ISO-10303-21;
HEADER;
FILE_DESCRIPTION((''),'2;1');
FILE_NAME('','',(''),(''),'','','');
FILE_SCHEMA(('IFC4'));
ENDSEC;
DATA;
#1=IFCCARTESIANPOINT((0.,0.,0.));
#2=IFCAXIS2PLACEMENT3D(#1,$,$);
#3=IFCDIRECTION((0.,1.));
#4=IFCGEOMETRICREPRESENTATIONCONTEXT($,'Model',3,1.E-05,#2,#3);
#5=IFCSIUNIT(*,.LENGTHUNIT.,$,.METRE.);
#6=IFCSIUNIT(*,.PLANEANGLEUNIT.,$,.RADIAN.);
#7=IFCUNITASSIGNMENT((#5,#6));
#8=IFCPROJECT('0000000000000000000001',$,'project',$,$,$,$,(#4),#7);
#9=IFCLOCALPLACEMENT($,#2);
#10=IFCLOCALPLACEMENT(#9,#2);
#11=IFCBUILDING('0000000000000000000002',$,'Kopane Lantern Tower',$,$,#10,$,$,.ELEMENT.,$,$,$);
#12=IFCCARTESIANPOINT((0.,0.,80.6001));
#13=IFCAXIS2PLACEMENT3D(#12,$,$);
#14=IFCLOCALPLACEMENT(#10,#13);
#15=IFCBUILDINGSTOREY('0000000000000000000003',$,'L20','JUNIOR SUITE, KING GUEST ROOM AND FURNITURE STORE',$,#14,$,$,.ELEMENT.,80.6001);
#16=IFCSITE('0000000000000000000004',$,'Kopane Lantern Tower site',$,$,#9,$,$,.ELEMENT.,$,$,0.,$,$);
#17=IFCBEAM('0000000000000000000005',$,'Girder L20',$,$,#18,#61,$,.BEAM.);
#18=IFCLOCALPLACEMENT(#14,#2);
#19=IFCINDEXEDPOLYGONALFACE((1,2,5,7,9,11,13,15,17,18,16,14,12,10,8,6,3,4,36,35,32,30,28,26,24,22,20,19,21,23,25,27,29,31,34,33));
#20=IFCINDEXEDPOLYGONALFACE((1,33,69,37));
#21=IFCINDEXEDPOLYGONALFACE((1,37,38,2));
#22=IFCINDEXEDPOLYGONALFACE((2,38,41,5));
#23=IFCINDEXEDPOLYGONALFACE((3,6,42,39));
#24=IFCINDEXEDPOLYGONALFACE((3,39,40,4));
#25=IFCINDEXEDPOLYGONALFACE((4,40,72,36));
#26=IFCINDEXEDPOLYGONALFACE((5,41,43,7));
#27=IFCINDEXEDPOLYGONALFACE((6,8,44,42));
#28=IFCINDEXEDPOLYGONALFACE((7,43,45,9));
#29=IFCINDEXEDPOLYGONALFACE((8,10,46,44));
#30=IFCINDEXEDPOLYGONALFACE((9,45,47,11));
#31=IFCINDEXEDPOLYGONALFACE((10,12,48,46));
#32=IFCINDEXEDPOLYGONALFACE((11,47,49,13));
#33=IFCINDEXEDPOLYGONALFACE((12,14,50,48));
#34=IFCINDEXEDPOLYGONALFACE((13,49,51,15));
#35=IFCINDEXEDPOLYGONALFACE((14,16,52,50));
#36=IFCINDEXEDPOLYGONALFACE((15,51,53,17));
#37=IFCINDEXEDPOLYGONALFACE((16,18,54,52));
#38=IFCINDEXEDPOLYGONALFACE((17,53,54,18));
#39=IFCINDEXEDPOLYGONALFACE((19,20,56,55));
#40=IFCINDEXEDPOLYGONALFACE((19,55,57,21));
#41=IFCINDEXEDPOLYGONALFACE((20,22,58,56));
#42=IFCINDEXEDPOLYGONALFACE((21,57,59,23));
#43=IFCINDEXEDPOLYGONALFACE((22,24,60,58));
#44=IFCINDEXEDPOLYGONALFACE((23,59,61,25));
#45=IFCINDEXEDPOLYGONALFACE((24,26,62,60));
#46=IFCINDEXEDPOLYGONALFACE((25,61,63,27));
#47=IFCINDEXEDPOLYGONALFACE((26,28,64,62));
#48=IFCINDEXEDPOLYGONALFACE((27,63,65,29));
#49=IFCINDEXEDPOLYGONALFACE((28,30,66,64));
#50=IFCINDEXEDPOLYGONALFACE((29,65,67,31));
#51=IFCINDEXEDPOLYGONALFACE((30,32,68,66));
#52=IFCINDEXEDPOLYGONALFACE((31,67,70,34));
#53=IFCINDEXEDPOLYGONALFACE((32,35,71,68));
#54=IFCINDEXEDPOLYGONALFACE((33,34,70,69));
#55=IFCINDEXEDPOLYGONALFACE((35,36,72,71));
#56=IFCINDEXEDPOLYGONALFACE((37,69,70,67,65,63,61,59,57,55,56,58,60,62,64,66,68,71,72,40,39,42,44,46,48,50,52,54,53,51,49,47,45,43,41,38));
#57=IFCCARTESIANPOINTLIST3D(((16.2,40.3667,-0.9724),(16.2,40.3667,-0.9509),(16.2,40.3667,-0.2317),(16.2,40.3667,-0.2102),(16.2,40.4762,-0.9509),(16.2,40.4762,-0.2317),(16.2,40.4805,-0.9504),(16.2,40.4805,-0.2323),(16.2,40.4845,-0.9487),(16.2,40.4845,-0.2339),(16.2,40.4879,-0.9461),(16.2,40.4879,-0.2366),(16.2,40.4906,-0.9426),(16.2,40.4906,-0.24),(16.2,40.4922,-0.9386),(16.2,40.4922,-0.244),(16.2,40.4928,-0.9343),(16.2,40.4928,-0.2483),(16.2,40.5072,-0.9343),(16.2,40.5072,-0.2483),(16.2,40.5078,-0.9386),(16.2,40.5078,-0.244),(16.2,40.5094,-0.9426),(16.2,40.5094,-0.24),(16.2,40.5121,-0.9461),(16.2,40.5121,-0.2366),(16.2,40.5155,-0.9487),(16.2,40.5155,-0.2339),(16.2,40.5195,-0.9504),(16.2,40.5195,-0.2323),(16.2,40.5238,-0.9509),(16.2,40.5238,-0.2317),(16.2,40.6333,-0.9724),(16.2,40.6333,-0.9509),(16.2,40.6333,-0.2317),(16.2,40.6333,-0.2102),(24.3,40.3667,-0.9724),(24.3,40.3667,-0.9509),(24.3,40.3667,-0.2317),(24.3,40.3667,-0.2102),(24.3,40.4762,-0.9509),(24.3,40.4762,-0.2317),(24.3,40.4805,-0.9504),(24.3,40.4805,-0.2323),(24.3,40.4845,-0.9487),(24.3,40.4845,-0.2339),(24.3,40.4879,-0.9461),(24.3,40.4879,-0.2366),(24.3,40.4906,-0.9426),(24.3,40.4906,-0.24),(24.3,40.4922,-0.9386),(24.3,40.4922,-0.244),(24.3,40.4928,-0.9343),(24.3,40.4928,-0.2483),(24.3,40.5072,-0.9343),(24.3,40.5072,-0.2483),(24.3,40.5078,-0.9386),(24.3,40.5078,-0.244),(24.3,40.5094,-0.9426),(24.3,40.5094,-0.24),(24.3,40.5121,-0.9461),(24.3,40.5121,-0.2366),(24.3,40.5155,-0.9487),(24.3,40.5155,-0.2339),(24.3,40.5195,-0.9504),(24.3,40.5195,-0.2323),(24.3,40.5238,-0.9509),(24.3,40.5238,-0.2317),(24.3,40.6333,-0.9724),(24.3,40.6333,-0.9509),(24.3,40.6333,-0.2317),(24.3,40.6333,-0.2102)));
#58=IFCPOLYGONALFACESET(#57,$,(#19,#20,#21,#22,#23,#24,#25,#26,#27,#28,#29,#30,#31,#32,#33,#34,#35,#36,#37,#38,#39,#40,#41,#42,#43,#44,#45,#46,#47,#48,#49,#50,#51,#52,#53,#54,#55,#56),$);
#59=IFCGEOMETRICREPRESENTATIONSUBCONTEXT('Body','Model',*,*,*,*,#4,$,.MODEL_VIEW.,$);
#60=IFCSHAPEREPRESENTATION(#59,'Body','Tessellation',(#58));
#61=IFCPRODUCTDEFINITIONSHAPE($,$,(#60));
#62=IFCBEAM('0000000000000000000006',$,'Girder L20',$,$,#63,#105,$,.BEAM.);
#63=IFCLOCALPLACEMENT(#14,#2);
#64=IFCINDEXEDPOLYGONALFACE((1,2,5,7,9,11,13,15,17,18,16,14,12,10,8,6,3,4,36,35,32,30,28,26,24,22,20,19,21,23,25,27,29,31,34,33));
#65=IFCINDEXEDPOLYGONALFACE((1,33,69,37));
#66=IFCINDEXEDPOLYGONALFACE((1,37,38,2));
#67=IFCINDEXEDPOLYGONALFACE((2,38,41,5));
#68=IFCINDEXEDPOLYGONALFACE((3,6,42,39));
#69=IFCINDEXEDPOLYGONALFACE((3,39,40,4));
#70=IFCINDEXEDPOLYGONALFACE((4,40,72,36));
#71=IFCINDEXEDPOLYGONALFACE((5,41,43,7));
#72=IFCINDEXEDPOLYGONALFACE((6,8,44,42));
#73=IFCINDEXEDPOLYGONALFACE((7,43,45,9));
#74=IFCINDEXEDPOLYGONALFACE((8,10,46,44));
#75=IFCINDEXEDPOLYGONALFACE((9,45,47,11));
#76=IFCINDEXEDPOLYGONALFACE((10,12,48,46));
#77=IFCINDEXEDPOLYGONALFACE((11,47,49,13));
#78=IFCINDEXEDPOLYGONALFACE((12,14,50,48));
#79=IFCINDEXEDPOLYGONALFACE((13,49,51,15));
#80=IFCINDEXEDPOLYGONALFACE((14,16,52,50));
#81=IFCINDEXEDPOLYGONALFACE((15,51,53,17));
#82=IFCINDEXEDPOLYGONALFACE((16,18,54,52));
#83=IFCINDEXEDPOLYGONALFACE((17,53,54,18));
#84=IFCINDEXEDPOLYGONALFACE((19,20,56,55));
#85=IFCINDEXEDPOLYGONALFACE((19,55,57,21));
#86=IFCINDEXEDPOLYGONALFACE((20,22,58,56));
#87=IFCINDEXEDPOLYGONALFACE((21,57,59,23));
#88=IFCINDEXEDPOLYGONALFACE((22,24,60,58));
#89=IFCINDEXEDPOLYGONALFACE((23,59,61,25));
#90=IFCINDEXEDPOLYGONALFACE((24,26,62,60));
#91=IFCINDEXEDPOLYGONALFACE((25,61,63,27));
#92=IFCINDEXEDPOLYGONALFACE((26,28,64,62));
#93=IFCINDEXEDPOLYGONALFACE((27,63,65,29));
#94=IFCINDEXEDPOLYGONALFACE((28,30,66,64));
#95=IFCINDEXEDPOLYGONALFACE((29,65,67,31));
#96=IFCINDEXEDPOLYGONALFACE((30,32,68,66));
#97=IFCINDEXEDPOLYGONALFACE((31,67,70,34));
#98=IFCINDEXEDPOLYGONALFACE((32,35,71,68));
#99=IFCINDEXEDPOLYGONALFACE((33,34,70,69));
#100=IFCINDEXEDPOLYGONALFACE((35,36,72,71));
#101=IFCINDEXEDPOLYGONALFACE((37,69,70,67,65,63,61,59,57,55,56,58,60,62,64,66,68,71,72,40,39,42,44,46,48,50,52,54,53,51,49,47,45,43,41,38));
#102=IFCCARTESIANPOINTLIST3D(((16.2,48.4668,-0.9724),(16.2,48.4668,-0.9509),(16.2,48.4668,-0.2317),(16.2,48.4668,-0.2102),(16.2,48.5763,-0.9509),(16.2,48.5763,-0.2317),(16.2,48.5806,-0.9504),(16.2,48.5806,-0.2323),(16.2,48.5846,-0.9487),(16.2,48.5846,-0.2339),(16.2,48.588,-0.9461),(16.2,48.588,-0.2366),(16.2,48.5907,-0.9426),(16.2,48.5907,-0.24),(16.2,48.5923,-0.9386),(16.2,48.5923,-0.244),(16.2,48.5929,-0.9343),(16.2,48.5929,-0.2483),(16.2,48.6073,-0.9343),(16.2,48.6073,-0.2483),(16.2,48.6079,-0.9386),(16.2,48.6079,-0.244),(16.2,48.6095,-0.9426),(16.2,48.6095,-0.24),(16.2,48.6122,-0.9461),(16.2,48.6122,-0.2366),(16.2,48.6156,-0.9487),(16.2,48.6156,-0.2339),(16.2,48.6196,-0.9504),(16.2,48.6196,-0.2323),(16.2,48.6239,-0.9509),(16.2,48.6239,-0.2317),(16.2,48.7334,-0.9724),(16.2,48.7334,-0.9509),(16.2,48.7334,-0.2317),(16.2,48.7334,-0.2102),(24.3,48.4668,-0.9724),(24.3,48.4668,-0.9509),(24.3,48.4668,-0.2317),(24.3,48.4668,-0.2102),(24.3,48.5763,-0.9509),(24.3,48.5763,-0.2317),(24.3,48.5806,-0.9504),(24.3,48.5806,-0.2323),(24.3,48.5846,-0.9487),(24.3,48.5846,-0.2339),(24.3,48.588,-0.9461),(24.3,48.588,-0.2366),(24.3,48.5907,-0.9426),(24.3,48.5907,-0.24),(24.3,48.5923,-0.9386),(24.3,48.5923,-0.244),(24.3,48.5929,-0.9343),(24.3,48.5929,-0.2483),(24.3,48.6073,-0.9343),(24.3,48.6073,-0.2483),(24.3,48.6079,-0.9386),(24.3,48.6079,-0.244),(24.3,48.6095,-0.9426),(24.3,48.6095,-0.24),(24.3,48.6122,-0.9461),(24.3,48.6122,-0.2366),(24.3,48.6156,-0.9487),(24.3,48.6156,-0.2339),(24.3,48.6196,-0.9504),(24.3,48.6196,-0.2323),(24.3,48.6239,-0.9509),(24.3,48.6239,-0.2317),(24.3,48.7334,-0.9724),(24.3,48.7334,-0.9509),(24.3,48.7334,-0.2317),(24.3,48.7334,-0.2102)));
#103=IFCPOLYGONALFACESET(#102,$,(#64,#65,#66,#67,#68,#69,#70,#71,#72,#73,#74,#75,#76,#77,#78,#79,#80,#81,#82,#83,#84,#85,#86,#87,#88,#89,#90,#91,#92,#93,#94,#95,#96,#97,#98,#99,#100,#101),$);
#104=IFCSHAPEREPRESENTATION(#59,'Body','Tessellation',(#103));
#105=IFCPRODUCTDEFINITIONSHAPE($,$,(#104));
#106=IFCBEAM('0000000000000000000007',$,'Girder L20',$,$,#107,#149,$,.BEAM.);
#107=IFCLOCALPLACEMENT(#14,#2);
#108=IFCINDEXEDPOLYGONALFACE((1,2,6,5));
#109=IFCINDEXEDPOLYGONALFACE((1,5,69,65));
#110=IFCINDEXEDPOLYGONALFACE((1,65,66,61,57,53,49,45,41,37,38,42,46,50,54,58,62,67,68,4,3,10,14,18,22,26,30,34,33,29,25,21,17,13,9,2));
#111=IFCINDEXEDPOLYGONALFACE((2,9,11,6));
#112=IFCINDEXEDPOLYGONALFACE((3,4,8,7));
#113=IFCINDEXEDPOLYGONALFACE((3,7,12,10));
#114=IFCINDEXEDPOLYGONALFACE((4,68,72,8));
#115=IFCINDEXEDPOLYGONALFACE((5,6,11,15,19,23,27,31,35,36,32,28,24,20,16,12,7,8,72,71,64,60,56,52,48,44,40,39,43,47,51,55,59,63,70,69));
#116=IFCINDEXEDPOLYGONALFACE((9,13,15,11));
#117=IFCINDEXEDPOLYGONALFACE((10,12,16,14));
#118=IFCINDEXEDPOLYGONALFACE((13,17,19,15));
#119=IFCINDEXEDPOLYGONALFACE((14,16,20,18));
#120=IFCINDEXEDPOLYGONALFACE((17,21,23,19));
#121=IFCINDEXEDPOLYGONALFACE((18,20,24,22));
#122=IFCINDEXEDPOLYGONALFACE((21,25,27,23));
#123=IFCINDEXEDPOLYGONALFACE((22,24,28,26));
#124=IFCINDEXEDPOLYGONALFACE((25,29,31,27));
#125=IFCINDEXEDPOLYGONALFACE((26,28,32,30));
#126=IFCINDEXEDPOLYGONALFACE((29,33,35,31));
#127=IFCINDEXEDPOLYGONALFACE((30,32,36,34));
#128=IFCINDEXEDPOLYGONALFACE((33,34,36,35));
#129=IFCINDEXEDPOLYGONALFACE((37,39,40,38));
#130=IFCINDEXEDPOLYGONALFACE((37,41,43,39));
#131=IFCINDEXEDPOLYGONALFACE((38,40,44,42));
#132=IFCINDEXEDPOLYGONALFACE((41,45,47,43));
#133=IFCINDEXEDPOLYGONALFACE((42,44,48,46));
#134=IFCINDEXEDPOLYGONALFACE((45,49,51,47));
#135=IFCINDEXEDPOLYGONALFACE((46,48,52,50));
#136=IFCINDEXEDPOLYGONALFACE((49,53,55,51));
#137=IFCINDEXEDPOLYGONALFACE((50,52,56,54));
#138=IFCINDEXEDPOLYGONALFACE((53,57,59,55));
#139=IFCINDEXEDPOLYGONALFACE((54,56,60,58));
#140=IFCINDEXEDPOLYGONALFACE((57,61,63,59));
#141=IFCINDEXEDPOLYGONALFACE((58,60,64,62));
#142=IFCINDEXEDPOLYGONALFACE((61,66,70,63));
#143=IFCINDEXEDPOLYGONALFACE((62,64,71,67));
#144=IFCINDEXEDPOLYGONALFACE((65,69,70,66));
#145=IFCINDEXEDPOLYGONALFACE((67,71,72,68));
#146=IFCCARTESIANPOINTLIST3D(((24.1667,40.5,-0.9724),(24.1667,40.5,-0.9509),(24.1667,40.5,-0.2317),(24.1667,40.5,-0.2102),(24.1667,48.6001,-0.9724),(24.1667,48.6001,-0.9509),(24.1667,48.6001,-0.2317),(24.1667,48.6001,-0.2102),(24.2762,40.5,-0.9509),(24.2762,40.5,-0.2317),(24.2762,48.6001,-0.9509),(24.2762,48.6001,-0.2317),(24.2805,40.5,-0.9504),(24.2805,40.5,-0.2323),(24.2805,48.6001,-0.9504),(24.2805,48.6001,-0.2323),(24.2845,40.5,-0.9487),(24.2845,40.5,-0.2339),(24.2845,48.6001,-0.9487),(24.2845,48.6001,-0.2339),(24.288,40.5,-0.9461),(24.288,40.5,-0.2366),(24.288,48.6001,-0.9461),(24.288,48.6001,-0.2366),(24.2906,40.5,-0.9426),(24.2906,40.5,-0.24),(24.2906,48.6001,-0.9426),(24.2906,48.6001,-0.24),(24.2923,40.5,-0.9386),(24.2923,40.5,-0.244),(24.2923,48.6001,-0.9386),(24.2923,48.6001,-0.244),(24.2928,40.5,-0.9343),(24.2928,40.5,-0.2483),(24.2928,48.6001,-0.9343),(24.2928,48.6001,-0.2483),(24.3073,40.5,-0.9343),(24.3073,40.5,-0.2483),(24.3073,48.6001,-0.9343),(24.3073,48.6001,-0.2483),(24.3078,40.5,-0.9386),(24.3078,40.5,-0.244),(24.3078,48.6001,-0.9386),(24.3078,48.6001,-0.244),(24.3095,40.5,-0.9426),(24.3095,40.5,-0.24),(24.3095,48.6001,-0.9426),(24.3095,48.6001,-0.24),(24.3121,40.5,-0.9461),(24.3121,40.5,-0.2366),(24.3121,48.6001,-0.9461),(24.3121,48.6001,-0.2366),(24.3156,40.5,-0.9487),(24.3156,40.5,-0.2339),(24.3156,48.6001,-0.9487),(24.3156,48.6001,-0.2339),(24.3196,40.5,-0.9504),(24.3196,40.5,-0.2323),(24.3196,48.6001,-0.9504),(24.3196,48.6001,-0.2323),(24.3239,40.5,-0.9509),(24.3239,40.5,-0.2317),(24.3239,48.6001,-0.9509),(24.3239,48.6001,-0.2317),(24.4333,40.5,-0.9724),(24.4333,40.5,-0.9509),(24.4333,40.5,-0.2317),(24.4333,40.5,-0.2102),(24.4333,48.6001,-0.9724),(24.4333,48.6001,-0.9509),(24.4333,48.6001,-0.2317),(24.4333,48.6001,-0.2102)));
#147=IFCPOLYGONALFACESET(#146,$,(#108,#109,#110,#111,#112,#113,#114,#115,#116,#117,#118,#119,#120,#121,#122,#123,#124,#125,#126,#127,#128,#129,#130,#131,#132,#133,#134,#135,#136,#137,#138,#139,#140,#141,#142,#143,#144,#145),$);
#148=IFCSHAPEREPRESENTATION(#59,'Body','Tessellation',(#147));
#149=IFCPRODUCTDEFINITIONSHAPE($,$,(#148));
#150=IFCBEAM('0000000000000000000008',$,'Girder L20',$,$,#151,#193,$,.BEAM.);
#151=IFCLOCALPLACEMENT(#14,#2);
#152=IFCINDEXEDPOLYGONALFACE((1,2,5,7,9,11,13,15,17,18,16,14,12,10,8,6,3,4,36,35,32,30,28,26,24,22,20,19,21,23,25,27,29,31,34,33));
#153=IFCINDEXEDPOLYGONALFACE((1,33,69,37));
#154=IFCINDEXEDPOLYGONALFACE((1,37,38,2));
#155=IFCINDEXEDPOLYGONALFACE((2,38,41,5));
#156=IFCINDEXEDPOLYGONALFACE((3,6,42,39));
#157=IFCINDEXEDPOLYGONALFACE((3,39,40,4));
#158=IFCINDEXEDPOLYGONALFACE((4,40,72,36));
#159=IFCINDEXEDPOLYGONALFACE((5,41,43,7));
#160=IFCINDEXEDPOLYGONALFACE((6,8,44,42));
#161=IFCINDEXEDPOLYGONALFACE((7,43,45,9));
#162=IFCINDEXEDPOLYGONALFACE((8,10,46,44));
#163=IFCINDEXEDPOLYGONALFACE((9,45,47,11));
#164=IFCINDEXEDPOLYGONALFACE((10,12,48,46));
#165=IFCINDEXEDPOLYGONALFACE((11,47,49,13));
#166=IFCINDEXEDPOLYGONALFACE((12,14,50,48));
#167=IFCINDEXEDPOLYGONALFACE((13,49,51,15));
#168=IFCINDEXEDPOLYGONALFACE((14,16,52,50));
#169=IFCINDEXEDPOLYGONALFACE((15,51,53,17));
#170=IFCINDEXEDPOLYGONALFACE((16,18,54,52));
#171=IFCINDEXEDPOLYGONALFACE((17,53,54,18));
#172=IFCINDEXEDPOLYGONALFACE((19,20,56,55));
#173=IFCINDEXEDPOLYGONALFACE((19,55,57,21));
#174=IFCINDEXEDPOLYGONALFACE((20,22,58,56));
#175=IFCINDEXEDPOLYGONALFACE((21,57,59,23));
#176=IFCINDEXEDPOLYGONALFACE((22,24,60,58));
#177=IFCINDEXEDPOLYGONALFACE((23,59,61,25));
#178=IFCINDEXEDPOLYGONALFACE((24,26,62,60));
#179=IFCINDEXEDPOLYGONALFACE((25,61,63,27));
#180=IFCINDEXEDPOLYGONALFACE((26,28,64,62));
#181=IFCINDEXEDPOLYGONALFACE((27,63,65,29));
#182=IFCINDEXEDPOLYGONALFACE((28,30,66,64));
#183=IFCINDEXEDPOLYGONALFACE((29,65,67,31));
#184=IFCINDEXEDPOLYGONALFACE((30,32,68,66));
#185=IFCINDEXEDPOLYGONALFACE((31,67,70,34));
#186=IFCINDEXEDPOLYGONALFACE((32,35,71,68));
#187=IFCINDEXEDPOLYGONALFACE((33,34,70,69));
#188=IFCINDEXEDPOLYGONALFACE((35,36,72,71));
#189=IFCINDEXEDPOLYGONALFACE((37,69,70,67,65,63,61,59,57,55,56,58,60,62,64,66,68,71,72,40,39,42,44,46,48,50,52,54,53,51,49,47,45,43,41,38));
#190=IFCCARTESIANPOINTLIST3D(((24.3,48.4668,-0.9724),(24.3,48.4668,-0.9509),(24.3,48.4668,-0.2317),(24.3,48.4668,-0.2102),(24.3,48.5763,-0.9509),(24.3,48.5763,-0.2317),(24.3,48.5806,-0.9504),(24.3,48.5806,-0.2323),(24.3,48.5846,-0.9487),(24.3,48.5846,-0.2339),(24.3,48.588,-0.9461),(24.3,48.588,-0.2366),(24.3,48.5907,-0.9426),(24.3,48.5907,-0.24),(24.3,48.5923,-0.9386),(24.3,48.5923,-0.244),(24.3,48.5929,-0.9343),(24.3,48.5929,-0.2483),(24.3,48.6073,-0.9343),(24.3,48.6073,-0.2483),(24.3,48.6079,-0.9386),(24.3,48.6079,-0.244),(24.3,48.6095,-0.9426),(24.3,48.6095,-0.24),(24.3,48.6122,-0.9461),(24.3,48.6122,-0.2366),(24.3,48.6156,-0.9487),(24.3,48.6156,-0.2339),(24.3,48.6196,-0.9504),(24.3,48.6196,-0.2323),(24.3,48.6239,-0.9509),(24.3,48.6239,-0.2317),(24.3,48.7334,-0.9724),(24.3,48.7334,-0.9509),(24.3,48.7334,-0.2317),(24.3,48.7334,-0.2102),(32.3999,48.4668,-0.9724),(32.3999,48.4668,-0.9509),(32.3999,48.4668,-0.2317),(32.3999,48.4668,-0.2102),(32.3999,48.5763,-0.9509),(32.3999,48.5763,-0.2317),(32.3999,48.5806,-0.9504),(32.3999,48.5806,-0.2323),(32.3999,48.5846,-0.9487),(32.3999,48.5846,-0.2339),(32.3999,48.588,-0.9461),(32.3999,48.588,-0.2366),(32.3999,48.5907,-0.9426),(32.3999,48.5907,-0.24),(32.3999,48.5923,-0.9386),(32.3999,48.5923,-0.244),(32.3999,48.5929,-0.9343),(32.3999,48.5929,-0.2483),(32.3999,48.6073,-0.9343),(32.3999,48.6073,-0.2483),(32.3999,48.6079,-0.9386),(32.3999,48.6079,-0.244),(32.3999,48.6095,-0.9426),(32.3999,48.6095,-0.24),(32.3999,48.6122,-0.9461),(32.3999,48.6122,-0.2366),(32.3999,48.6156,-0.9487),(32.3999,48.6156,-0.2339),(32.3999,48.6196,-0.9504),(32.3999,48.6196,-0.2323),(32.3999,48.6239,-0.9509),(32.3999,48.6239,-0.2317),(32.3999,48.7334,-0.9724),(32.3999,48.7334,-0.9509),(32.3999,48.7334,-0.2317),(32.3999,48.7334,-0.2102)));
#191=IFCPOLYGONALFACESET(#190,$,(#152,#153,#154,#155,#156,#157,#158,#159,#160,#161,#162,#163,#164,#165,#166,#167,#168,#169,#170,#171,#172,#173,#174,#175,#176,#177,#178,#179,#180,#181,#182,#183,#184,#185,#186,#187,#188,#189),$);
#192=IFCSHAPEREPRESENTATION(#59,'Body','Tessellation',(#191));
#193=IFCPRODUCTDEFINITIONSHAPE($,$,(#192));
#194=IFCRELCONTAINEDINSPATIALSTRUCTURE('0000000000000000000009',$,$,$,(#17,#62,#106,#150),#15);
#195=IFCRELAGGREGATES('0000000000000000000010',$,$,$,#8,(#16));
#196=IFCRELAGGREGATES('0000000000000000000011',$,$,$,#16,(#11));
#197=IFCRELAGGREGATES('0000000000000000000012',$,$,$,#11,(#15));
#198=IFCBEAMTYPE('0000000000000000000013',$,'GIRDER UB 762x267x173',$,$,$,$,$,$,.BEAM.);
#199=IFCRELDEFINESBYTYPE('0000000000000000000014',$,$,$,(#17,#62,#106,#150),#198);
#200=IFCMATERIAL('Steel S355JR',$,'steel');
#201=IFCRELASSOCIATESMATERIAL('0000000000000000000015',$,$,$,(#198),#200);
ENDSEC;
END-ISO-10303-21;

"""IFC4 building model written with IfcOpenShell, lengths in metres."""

from ifc_helpers import new_model, si_unit, direction, frame, origin, origin_2d, place, context, subcontext, project, spatial, i_section, extrude, material, material_profile, profile_set, type_object, element, save


model = new_model("IFC4")

# Units and contexts
model_context = context("Model", 3, precision=1e-05, world=origin(), true_north=direction((0.0, 1.0)))
body_context = subcontext(model_context, "Body", "Model", "MODEL_VIEW")
ifc_project = project(units=[si_unit("LENGTHUNIT", "METRE"), si_unit("PLANEANGLEUNIT", "RADIAN")], contexts=[model_context])

# Site, building, storey
site_placement = place(None, origin())
site = spatial("IfcSite", under=ifc_project, at=site_placement, Name="Kopane Lantern Tower site", CompositionType="ELEMENT", RefElevation=0.0)
building_placement = place(site_placement, origin())
building = spatial("IfcBuilding", under=site, at=building_placement, Name="Kopane Lantern Tower", CompositionType="ELEMENT")
storey_placement = place(building_placement, frame((0.0, 0.0, 80.6001)))
storey = spatial("IfcBuildingStorey", under=building, at=storey_placement, Name="L20", Description="JUNIOR SUITE, KING GUEST ROOM AND FURNITURE STORE", CompositionType="ELEMENT", Elevation=80.6001)

# Beams
ifc_material_1 = material(Name="Steel S355JR", Category="steel")
ifc_material_profile_1 = material_profile(ifc_material_1, i_section(OverallWidth=0.2666, OverallDepth=0.7622, WebThickness=0.0144, FlangeThickness=0.0215, FilletRadius=0.0166, at=origin_2d()), Name="UB 762x267x173")
ifc_profile_set_1 = profile_set([ifc_material_profile_1], Name="Steel S355JR")
beam_type_1 = type_object("IfcBeamType", Name="GIRDER UB 762x267x173", PredefinedType="BEAM", material=ifc_profile_set_1)
for number, where, z_axis, x_axis, name in (
    (1, (16.2, 40.5, -0.5913), (1.0, 0.0, 0.0), (0.0, 1.0, 0.0), "Girder L20"),
    (2, (16.2, 48.6001, -0.5913), (1.0, 0.0, 0.0), (0.0, 1.0, 0.0), "Girder L20"),
    (3, (24.3, 40.5, -0.5913), (0.0, 1.0, 0.0), (-1.0, 0.0, 0.0), "Girder L20"),
):
    element("IfcBeam", number, at=place(storey_placement, frame(where, z_axis=z_axis, x_axis=x_axis)), inside=storey, type_object=beam_type_1, Name=name, PredefinedType="BEAM", context=body_context, shape_type="SweptSolid", body=[
        extrude(i_section(OverallWidth=0.2666, OverallDepth=0.7622, WebThickness=0.0144, FlangeThickness=0.0215, FilletRadius=0.0166, at=origin_2d()), origin(), (0.0, 0.0, 1.0), 8.1001),
    ])
beam_1_placement = place(storey_placement, frame((24.3, 48.6001, -0.5913), z_axis=(1.0, 0.0, 0.0), x_axis=(0.0, 1.0, 0.0)))
element("IfcBeam", 4, at=beam_1_placement, inside=storey, type_object=beam_type_1, Name="Girder L20", PredefinedType="BEAM", context=body_context, shape_type="SweptSolid", body=[
    extrude(i_section(OverallWidth=0.2666, OverallDepth=0.7622, WebThickness=0.0144, FlangeThickness=0.0215, FilletRadius=0.0166, at=origin_2d()), origin(), (0.0, 0.0, 1.0), 8.0999),
])

save(model, "model.ifc")
